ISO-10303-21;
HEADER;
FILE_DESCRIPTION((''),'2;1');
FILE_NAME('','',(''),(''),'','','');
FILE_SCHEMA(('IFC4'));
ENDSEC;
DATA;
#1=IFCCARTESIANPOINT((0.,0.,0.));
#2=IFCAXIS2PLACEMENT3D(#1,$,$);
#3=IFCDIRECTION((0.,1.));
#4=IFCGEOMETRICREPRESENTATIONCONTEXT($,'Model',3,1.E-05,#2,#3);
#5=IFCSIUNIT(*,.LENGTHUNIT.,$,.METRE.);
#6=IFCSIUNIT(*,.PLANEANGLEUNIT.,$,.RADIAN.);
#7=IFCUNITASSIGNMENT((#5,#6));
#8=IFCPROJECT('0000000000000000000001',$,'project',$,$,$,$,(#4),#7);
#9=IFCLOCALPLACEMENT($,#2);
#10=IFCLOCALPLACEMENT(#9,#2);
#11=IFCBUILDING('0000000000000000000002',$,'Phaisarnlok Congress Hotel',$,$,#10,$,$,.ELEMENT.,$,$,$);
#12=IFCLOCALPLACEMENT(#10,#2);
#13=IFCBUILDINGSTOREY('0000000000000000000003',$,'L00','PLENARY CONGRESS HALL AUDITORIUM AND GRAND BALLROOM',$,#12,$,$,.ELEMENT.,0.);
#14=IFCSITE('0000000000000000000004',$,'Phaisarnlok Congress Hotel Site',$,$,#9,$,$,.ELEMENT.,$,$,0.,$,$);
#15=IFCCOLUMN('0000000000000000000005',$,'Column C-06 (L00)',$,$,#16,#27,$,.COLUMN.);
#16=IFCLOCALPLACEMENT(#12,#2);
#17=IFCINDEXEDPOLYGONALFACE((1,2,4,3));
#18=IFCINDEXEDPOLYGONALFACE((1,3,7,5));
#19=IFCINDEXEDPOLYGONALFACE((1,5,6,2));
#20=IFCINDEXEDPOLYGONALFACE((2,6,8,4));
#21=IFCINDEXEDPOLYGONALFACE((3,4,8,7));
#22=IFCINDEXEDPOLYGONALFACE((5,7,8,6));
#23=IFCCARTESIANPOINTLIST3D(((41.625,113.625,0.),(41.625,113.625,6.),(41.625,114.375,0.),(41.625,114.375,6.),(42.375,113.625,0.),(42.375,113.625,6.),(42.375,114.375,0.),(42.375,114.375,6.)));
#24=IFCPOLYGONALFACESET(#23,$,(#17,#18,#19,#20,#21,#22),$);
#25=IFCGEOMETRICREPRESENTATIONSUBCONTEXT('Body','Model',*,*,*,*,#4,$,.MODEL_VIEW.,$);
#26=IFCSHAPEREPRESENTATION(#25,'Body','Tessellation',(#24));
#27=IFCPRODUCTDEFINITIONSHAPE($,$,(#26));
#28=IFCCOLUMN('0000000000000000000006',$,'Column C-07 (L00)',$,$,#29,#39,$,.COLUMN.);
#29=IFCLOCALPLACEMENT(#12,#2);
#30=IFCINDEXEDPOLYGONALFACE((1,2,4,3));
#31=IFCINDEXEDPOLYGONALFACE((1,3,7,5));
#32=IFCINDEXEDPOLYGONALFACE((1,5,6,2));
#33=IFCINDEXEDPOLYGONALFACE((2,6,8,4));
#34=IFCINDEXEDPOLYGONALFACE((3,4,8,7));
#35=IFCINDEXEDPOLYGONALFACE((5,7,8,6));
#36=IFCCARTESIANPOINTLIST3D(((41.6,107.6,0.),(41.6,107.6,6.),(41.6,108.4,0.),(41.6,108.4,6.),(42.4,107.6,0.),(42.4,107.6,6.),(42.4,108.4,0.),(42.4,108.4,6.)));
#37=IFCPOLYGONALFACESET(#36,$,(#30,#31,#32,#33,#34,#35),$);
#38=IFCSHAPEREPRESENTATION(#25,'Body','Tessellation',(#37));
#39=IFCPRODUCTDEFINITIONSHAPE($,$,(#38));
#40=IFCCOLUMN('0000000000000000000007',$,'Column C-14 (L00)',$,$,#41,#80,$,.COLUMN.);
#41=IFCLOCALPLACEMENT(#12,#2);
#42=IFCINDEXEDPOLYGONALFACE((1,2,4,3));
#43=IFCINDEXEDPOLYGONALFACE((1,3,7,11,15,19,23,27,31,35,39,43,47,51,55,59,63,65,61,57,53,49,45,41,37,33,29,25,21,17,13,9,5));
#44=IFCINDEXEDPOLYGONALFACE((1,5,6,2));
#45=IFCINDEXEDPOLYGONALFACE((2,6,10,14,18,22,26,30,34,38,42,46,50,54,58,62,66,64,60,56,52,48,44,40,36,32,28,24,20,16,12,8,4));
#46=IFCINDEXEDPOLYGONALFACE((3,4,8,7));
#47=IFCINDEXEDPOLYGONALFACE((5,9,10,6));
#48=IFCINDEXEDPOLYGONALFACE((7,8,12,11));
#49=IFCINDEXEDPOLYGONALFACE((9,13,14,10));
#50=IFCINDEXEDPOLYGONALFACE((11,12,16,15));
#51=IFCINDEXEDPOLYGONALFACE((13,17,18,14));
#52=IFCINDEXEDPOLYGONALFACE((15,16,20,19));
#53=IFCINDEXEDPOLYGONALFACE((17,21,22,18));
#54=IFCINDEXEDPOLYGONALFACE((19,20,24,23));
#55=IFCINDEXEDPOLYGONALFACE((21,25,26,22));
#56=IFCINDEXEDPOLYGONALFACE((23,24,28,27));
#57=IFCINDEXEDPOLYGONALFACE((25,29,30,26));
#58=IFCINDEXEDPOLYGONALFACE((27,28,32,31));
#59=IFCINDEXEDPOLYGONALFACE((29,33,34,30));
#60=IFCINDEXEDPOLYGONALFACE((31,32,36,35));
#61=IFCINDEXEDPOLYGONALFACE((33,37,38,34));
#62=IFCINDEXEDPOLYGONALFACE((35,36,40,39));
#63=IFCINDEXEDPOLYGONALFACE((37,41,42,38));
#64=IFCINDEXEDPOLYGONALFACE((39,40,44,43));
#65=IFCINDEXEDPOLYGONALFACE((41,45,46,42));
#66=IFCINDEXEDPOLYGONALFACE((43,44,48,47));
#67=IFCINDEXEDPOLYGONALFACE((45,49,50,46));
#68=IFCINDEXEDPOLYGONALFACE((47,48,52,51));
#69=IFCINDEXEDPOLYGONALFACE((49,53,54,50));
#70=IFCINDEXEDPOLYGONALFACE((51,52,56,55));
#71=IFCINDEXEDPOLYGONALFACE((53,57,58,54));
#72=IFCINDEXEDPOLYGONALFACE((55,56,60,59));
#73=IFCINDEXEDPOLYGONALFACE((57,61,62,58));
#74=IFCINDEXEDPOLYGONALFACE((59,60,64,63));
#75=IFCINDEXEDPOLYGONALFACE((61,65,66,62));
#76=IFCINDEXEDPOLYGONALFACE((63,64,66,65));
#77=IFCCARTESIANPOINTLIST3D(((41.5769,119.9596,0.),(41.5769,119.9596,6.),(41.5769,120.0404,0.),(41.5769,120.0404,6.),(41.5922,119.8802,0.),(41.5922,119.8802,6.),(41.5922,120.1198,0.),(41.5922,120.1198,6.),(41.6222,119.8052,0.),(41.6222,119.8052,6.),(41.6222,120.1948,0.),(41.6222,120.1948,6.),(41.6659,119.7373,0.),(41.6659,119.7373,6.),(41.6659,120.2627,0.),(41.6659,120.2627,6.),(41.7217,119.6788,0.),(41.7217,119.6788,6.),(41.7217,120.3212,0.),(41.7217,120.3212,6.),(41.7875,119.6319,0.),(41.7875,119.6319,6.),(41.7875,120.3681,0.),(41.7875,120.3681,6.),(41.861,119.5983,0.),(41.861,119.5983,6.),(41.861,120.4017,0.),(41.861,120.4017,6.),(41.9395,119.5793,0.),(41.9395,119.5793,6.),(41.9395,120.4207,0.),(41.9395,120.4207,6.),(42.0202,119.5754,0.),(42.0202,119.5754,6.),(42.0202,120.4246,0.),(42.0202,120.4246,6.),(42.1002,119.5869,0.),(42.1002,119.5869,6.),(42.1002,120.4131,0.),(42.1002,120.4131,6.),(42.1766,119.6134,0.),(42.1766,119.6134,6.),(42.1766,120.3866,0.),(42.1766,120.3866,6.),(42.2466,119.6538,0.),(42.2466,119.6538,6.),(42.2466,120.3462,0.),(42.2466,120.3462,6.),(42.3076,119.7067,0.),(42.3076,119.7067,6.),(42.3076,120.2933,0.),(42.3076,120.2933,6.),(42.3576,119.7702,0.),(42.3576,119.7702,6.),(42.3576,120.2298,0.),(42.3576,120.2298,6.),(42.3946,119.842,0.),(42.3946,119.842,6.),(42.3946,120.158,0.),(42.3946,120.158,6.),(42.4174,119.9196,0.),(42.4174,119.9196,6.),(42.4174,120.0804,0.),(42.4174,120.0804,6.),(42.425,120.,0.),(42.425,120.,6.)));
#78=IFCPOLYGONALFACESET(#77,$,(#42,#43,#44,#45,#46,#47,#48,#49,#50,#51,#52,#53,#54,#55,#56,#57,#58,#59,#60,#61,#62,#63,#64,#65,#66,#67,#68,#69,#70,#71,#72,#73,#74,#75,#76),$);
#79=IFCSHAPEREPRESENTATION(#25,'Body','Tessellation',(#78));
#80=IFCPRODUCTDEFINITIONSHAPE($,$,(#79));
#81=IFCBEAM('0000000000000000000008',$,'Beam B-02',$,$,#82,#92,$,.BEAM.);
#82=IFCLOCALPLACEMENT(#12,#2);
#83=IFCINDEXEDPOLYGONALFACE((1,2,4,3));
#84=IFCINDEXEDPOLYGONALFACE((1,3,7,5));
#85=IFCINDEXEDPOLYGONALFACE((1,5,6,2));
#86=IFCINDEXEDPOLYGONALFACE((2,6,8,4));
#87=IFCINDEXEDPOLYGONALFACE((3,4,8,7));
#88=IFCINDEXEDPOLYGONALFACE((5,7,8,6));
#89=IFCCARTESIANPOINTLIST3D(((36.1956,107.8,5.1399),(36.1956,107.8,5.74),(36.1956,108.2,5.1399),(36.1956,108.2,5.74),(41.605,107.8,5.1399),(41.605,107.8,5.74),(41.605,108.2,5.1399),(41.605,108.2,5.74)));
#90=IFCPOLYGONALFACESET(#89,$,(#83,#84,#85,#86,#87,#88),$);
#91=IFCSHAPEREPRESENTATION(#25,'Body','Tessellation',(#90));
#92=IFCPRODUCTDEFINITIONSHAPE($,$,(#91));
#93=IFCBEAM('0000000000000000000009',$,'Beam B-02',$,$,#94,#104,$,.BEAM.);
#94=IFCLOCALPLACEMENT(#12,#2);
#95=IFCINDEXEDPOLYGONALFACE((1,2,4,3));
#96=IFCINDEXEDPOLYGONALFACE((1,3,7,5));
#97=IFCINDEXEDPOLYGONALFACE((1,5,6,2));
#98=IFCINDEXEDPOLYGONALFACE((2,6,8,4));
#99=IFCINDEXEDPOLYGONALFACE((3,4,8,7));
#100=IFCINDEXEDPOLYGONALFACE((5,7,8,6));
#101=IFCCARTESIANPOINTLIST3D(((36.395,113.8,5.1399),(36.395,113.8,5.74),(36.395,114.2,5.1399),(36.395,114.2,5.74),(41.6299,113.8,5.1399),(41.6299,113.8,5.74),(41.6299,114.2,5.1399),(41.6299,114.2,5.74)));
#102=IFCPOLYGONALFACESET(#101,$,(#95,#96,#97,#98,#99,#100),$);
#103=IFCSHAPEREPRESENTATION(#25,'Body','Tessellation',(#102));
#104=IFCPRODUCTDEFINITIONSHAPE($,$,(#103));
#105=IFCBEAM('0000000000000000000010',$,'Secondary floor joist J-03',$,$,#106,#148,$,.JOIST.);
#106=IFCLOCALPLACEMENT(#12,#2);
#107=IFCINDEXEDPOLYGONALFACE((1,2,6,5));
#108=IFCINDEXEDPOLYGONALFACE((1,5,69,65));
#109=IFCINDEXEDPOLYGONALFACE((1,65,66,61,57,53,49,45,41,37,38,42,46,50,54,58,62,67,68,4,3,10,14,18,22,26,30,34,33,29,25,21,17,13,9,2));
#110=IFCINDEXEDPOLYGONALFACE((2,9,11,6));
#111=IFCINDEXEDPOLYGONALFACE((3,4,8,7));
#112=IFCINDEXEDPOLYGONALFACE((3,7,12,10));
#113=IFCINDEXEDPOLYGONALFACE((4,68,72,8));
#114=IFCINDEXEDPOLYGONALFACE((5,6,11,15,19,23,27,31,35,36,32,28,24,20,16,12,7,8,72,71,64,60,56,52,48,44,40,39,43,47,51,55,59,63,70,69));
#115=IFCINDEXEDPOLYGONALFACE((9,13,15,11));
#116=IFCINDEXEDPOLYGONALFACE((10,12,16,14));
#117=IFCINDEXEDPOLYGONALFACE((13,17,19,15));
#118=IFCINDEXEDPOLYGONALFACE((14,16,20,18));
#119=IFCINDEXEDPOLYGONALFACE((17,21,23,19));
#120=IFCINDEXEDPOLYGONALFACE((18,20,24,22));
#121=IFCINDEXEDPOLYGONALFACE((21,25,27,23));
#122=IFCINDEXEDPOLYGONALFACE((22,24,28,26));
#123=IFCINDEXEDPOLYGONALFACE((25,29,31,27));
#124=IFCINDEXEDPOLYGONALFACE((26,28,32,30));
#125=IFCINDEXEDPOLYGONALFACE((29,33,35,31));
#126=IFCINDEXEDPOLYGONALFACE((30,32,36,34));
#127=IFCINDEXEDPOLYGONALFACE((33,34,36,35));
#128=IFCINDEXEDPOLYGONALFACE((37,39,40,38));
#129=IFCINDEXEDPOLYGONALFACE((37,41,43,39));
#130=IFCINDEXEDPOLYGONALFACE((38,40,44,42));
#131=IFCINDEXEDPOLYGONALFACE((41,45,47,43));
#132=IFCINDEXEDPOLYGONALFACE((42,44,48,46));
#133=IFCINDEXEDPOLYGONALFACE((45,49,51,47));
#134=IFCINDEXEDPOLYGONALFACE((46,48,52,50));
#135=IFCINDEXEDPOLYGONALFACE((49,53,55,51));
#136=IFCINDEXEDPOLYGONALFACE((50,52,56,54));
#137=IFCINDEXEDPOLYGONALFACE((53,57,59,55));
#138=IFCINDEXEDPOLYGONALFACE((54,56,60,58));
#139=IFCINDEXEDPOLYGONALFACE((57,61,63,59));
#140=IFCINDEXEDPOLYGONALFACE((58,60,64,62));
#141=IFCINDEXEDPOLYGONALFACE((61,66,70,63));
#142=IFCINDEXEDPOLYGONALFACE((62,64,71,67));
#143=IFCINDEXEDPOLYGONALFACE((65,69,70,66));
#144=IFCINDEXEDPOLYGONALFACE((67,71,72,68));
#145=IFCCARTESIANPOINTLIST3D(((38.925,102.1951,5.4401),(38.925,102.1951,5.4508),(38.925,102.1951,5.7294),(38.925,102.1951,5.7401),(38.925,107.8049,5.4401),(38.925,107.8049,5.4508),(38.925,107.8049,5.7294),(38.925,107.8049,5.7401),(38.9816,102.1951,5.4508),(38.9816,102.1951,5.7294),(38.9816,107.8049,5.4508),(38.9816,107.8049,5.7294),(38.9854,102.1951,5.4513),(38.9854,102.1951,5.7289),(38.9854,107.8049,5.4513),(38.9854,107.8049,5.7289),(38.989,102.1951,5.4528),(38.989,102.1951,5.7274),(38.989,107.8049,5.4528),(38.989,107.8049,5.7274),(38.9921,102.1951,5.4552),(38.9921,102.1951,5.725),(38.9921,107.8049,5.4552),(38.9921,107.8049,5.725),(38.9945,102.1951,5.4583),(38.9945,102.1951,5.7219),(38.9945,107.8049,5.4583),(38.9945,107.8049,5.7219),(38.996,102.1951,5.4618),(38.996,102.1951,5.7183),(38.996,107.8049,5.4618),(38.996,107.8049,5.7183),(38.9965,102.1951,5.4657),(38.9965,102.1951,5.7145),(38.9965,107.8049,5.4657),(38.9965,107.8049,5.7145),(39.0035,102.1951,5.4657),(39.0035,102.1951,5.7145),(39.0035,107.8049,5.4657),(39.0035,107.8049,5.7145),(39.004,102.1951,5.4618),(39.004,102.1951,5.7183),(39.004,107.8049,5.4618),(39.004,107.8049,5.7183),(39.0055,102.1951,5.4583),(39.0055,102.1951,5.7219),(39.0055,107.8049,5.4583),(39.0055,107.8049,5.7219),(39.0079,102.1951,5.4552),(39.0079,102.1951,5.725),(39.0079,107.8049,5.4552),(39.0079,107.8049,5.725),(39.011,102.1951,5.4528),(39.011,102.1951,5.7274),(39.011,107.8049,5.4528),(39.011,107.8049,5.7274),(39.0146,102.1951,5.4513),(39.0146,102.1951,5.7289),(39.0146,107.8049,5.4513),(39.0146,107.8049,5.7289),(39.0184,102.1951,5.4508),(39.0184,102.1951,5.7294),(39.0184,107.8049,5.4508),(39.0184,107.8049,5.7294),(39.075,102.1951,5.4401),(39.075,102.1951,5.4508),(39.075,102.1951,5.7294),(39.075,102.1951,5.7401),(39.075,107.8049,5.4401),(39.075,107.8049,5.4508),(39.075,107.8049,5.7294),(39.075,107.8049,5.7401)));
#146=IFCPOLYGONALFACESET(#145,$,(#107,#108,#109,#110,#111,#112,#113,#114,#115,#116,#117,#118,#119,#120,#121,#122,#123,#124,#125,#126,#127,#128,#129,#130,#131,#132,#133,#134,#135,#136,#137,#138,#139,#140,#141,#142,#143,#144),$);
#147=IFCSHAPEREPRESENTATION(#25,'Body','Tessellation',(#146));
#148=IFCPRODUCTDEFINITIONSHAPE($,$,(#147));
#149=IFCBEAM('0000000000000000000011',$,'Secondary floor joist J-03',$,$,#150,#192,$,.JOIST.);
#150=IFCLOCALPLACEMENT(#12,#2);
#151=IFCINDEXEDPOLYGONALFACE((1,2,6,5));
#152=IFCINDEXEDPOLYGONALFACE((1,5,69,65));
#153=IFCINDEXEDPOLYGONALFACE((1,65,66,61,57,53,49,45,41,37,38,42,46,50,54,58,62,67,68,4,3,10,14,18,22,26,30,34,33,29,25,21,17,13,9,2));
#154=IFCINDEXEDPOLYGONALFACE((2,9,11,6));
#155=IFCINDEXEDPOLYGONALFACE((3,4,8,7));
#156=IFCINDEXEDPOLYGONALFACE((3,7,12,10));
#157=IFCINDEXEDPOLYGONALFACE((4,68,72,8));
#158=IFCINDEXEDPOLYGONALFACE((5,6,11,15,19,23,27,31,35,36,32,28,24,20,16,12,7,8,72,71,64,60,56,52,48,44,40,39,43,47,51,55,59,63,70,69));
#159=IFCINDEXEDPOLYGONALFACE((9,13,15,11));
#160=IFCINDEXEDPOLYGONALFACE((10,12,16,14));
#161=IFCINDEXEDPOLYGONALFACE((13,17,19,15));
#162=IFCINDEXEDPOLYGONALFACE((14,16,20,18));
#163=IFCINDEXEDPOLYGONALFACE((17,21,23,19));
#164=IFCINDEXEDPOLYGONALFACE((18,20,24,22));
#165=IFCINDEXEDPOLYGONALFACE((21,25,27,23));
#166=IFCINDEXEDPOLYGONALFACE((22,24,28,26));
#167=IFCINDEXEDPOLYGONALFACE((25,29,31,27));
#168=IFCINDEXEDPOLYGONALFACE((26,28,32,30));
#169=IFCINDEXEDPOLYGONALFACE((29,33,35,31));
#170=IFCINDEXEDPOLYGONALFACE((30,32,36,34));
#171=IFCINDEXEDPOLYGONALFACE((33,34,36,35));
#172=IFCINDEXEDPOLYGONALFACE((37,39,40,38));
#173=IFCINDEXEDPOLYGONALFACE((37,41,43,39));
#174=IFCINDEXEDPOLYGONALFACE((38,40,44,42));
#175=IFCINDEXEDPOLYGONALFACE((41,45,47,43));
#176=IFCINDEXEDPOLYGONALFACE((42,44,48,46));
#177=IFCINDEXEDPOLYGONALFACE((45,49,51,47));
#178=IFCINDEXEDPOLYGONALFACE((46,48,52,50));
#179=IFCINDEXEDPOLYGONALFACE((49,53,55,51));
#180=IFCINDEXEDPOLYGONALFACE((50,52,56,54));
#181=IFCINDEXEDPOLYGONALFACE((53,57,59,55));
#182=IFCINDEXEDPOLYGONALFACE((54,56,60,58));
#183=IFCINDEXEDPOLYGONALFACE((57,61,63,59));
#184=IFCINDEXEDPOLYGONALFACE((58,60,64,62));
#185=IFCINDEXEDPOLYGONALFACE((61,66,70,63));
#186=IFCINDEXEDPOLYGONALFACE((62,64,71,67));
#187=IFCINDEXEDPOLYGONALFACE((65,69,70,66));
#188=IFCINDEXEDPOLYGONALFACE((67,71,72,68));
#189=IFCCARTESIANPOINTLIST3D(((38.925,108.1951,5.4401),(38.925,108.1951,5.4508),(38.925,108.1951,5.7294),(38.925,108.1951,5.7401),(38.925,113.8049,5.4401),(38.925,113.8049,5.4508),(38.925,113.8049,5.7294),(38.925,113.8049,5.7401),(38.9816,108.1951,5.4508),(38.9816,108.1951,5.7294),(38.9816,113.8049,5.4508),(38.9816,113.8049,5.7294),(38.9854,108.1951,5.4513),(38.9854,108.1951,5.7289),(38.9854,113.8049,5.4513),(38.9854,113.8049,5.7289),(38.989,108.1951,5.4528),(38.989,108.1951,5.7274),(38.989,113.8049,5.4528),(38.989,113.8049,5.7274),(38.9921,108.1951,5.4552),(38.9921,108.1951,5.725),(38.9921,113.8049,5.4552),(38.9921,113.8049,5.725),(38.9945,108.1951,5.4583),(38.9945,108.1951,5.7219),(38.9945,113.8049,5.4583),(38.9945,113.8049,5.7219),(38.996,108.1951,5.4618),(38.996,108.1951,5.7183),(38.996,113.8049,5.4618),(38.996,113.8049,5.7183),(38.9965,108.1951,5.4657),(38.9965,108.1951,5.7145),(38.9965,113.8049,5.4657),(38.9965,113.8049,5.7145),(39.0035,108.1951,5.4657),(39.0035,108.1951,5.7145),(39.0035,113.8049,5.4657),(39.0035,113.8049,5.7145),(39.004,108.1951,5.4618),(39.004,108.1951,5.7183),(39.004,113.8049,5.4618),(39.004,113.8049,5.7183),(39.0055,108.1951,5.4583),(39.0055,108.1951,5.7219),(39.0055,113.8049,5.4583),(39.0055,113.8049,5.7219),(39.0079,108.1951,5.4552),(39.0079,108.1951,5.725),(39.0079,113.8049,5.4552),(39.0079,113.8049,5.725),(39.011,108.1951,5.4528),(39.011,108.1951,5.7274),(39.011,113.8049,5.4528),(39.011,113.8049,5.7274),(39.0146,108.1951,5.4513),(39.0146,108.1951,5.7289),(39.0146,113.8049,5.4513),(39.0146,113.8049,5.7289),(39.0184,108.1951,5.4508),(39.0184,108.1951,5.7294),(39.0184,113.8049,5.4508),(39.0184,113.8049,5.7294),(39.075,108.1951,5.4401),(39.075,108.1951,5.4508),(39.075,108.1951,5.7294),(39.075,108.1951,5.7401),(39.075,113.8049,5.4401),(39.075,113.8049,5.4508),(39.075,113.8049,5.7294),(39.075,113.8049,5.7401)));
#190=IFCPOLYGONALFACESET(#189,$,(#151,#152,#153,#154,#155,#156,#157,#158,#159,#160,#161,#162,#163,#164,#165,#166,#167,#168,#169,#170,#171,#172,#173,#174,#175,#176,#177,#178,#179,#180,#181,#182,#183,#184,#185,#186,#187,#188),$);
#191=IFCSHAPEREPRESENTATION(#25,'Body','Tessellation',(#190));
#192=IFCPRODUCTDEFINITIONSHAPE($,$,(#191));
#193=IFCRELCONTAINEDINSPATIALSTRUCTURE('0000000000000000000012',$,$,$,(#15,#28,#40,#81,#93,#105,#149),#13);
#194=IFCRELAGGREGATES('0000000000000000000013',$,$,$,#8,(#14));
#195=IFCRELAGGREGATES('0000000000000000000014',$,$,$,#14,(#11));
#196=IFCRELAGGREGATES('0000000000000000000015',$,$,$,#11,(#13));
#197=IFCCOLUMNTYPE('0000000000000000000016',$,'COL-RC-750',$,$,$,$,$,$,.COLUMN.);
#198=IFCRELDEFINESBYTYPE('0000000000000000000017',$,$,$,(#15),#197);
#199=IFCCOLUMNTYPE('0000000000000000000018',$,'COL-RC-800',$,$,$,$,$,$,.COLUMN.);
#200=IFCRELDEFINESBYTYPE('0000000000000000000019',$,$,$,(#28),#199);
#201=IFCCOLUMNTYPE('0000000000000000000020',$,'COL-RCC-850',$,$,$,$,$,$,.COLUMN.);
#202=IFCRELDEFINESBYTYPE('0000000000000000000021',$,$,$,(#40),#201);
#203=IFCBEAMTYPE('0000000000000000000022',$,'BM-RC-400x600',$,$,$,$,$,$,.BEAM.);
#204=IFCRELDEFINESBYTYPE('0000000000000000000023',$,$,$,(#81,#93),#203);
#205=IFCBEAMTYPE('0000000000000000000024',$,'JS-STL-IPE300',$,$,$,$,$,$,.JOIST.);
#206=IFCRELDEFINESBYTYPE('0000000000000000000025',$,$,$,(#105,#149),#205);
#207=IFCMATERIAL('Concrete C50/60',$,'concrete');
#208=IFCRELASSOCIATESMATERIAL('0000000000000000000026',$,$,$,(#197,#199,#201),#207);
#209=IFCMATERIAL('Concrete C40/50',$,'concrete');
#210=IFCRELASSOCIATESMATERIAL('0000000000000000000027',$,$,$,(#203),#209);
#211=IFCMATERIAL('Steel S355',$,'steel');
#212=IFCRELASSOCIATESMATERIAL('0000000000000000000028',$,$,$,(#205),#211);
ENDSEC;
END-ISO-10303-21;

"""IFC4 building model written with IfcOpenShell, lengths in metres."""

from ifc_helpers import new_model, si_unit, direction, frame, origin, origin_2d, place, context, subcontext, project, spatial, rectangle, circle, i_section, extrude, material, material_profile, profile_set, type_object, element, save


model = new_model("IFC4")

# Units and contexts
model_context = context("Model", 3, precision=1e-05, world=origin(), true_north=direction((0.0, 1.0)))
body_context = subcontext(model_context, "Body", "Model", "MODEL_VIEW")
ifc_project = project(units=[si_unit("LENGTHUNIT", "METRE"), si_unit("PLANEANGLEUNIT", "RADIAN")], contexts=[model_context])

# Site, building, storey
site_placement = place(None, origin())
site = spatial("IfcSite", under=ifc_project, at=site_placement, Name="Phaisarnlok Congress Hotel Site", CompositionType="ELEMENT", RefElevation=0.0)
building_placement = place(site_placement, origin())
building = spatial("IfcBuilding", under=site, at=building_placement, Name="Phaisarnlok Congress Hotel", CompositionType="ELEMENT")
storey_placement = place(building_placement, origin())
storey = spatial("IfcBuildingStorey", under=building, at=storey_placement, Name="L00", Description="PLENARY CONGRESS HALL AUDITORIUM AND GRAND BALLROOM", CompositionType="ELEMENT", Elevation=0.0)

# Columns
ifc_material_1 = material(Name="Concrete C50/60", Category="concrete")
ifc_material_profile_1 = material_profile(ifc_material_1, rectangle(XDim=0.75, YDim=0.75, at=origin_2d()), Name="RC 750x750")
ifc_profile_set_1 = profile_set([ifc_material_profile_1], Name="Concrete C50/60")
column_type_1 = type_object("IfcColumnType", Name="COL-RC-750", PredefinedType="COLUMN", material=ifc_profile_set_1)
column_1_placement = place(storey_placement, frame((42.0, 114.0, 0.0), z_axis=(0.0, 0.0, 1.0), x_axis=(1.0, 0.0, 0.0)))
element("IfcColumn", 1, at=column_1_placement, inside=storey, type_object=column_type_1, Name="Column C-06 (L00)", PredefinedType="COLUMN", context=body_context, shape_type="SweptSolid", body=[
    extrude(rectangle(XDim=0.75, YDim=0.75, at=origin_2d()), origin(), (0.0, 0.0, 1.0), 6.0),
])
ifc_material_profile_2 = material_profile(ifc_material_1, rectangle(XDim=0.8, YDim=0.8, at=origin_2d()), Name="RC 800x800")
ifc_profile_set_2 = profile_set([ifc_material_profile_2], Name="Concrete C50/60")
column_type_2 = type_object("IfcColumnType", Name="COL-RC-800", PredefinedType="COLUMN", material=ifc_profile_set_2)
column_2_placement = place(storey_placement, frame((42.0, 108.0, 0.0), z_axis=(0.0, 0.0, 1.0), x_axis=(1.0, 0.0, 0.0)))
element("IfcColumn", 2, at=column_2_placement, inside=storey, type_object=column_type_2, Name="Column C-07 (L00)", PredefinedType="COLUMN", context=body_context, shape_type="SweptSolid", body=[
    extrude(rectangle(XDim=0.8, YDim=0.8, at=origin_2d()), origin(), (0.0, 0.0, 1.0), 6.0),
])
ifc_material_profile_3 = material_profile(ifc_material_1, circle(Radius=0.425, at=origin_2d()), Name="RCC D850")
ifc_profile_set_3 = profile_set([ifc_material_profile_3], Name="Concrete C50/60")
column_type_3 = type_object("IfcColumnType", Name="COL-RCC-850", PredefinedType="COLUMN", material=ifc_profile_set_3)
column_3_placement = place(storey_placement, frame((42.0, 120.0, 0.0), z_axis=(0.0, 0.0, 1.0), x_axis=(1.0, 0.0, 0.0)))
element("IfcColumn", 3, at=column_3_placement, inside=storey, type_object=column_type_3, Name="Column C-14 (L00)", PredefinedType="COLUMN", context=body_context, shape_type="SweptSolid", body=[
    extrude(circle(Radius=0.425, at=origin_2d()), origin(), (0.0, 0.0, 1.0), 6.0),
])

# Beams
ifc_material_2 = material(Name="Concrete C40/50", Category="concrete")
ifc_material_profile_4 = material_profile(ifc_material_2, rectangle(XDim=0.3999, YDim=0.6001, at=origin_2d()), Name="RC 400x600")
ifc_profile_set_4 = profile_set([ifc_material_profile_4], Name="Concrete C40/50")
beam_type_1 = type_object("IfcBeamType", Name="BM-RC-400x600", PredefinedType="BEAM", material=ifc_profile_set_4)
beam_1_placement = place(storey_placement, frame((36.1956, 108.0, 5.4399), z_axis=(1.0, 0.0, 0.0), x_axis=(0.0, 1.0, 0.0)))
element("IfcBeam", 4, at=beam_1_placement, inside=storey, type_object=beam_type_1, Name="Beam B-02", PredefinedType="BEAM", context=body_context, shape_type="SweptSolid", body=[
    extrude(rectangle(XDim=0.3999, YDim=0.6001, at=origin_2d()), origin(), (0.0, 0.0, 1.0), 5.4094),
])
beam_2_placement = place(storey_placement, frame((36.395, 114.0, 5.4399), z_axis=(1.0, 0.0, 0.0), x_axis=(0.0, 1.0, 0.0)))
element("IfcBeam", 5, at=beam_2_placement, inside=storey, type_object=beam_type_1, Name="Beam B-02", PredefinedType="BEAM", context=body_context, shape_type="SweptSolid", body=[
    extrude(rectangle(XDim=0.3999, YDim=0.6001, at=origin_2d()), origin(), (0.0, 0.0, 1.0), 5.2349),
])
ifc_material_3 = material(Name="Steel S355", Category="steel")
ifc_material_profile_5 = material_profile(ifc_material_3, i_section(OverallWidth=0.1499, OverallDepth=0.3, WebThickness=0.0071, FlangeThickness=0.0107, FilletRadius=0.0149, at=origin_2d()), Name="IPE 300")
ifc_profile_set_5 = profile_set([ifc_material_profile_5], Name="Steel S355")
beam_type_2 = type_object("IfcBeamType", Name="JS-STL-IPE300", PredefinedType="JOIST", material=ifc_profile_set_5)
for number, where, z_axis, x_axis, name in (
    (6, (39.0, 102.1951, 5.5901), (0.0, 1.0, 0.0), (-1.0, 0.0, 0.0), "Secondary floor joist J-03"),
    (7, (39.0, 108.1951, 5.5901), (0.0, 1.0, 0.0), (-1.0, 0.0, 0.0), "Secondary floor joist J-03"),
):
    element("IfcBeam", number, at=place(storey_placement, frame(where, z_axis=z_axis, x_axis=x_axis)), inside=storey, type_object=beam_type_2, Name=name, PredefinedType="JOIST", context=body_context, shape_type="SweptSolid", body=[
        extrude(i_section(OverallWidth=0.1499, OverallDepth=0.3, WebThickness=0.0071, FlangeThickness=0.0107, FilletRadius=0.0149, at=origin_2d()), origin(), (0.0, 0.0, 1.0), 5.6099),
    ])

save(model, "model.ifc")
